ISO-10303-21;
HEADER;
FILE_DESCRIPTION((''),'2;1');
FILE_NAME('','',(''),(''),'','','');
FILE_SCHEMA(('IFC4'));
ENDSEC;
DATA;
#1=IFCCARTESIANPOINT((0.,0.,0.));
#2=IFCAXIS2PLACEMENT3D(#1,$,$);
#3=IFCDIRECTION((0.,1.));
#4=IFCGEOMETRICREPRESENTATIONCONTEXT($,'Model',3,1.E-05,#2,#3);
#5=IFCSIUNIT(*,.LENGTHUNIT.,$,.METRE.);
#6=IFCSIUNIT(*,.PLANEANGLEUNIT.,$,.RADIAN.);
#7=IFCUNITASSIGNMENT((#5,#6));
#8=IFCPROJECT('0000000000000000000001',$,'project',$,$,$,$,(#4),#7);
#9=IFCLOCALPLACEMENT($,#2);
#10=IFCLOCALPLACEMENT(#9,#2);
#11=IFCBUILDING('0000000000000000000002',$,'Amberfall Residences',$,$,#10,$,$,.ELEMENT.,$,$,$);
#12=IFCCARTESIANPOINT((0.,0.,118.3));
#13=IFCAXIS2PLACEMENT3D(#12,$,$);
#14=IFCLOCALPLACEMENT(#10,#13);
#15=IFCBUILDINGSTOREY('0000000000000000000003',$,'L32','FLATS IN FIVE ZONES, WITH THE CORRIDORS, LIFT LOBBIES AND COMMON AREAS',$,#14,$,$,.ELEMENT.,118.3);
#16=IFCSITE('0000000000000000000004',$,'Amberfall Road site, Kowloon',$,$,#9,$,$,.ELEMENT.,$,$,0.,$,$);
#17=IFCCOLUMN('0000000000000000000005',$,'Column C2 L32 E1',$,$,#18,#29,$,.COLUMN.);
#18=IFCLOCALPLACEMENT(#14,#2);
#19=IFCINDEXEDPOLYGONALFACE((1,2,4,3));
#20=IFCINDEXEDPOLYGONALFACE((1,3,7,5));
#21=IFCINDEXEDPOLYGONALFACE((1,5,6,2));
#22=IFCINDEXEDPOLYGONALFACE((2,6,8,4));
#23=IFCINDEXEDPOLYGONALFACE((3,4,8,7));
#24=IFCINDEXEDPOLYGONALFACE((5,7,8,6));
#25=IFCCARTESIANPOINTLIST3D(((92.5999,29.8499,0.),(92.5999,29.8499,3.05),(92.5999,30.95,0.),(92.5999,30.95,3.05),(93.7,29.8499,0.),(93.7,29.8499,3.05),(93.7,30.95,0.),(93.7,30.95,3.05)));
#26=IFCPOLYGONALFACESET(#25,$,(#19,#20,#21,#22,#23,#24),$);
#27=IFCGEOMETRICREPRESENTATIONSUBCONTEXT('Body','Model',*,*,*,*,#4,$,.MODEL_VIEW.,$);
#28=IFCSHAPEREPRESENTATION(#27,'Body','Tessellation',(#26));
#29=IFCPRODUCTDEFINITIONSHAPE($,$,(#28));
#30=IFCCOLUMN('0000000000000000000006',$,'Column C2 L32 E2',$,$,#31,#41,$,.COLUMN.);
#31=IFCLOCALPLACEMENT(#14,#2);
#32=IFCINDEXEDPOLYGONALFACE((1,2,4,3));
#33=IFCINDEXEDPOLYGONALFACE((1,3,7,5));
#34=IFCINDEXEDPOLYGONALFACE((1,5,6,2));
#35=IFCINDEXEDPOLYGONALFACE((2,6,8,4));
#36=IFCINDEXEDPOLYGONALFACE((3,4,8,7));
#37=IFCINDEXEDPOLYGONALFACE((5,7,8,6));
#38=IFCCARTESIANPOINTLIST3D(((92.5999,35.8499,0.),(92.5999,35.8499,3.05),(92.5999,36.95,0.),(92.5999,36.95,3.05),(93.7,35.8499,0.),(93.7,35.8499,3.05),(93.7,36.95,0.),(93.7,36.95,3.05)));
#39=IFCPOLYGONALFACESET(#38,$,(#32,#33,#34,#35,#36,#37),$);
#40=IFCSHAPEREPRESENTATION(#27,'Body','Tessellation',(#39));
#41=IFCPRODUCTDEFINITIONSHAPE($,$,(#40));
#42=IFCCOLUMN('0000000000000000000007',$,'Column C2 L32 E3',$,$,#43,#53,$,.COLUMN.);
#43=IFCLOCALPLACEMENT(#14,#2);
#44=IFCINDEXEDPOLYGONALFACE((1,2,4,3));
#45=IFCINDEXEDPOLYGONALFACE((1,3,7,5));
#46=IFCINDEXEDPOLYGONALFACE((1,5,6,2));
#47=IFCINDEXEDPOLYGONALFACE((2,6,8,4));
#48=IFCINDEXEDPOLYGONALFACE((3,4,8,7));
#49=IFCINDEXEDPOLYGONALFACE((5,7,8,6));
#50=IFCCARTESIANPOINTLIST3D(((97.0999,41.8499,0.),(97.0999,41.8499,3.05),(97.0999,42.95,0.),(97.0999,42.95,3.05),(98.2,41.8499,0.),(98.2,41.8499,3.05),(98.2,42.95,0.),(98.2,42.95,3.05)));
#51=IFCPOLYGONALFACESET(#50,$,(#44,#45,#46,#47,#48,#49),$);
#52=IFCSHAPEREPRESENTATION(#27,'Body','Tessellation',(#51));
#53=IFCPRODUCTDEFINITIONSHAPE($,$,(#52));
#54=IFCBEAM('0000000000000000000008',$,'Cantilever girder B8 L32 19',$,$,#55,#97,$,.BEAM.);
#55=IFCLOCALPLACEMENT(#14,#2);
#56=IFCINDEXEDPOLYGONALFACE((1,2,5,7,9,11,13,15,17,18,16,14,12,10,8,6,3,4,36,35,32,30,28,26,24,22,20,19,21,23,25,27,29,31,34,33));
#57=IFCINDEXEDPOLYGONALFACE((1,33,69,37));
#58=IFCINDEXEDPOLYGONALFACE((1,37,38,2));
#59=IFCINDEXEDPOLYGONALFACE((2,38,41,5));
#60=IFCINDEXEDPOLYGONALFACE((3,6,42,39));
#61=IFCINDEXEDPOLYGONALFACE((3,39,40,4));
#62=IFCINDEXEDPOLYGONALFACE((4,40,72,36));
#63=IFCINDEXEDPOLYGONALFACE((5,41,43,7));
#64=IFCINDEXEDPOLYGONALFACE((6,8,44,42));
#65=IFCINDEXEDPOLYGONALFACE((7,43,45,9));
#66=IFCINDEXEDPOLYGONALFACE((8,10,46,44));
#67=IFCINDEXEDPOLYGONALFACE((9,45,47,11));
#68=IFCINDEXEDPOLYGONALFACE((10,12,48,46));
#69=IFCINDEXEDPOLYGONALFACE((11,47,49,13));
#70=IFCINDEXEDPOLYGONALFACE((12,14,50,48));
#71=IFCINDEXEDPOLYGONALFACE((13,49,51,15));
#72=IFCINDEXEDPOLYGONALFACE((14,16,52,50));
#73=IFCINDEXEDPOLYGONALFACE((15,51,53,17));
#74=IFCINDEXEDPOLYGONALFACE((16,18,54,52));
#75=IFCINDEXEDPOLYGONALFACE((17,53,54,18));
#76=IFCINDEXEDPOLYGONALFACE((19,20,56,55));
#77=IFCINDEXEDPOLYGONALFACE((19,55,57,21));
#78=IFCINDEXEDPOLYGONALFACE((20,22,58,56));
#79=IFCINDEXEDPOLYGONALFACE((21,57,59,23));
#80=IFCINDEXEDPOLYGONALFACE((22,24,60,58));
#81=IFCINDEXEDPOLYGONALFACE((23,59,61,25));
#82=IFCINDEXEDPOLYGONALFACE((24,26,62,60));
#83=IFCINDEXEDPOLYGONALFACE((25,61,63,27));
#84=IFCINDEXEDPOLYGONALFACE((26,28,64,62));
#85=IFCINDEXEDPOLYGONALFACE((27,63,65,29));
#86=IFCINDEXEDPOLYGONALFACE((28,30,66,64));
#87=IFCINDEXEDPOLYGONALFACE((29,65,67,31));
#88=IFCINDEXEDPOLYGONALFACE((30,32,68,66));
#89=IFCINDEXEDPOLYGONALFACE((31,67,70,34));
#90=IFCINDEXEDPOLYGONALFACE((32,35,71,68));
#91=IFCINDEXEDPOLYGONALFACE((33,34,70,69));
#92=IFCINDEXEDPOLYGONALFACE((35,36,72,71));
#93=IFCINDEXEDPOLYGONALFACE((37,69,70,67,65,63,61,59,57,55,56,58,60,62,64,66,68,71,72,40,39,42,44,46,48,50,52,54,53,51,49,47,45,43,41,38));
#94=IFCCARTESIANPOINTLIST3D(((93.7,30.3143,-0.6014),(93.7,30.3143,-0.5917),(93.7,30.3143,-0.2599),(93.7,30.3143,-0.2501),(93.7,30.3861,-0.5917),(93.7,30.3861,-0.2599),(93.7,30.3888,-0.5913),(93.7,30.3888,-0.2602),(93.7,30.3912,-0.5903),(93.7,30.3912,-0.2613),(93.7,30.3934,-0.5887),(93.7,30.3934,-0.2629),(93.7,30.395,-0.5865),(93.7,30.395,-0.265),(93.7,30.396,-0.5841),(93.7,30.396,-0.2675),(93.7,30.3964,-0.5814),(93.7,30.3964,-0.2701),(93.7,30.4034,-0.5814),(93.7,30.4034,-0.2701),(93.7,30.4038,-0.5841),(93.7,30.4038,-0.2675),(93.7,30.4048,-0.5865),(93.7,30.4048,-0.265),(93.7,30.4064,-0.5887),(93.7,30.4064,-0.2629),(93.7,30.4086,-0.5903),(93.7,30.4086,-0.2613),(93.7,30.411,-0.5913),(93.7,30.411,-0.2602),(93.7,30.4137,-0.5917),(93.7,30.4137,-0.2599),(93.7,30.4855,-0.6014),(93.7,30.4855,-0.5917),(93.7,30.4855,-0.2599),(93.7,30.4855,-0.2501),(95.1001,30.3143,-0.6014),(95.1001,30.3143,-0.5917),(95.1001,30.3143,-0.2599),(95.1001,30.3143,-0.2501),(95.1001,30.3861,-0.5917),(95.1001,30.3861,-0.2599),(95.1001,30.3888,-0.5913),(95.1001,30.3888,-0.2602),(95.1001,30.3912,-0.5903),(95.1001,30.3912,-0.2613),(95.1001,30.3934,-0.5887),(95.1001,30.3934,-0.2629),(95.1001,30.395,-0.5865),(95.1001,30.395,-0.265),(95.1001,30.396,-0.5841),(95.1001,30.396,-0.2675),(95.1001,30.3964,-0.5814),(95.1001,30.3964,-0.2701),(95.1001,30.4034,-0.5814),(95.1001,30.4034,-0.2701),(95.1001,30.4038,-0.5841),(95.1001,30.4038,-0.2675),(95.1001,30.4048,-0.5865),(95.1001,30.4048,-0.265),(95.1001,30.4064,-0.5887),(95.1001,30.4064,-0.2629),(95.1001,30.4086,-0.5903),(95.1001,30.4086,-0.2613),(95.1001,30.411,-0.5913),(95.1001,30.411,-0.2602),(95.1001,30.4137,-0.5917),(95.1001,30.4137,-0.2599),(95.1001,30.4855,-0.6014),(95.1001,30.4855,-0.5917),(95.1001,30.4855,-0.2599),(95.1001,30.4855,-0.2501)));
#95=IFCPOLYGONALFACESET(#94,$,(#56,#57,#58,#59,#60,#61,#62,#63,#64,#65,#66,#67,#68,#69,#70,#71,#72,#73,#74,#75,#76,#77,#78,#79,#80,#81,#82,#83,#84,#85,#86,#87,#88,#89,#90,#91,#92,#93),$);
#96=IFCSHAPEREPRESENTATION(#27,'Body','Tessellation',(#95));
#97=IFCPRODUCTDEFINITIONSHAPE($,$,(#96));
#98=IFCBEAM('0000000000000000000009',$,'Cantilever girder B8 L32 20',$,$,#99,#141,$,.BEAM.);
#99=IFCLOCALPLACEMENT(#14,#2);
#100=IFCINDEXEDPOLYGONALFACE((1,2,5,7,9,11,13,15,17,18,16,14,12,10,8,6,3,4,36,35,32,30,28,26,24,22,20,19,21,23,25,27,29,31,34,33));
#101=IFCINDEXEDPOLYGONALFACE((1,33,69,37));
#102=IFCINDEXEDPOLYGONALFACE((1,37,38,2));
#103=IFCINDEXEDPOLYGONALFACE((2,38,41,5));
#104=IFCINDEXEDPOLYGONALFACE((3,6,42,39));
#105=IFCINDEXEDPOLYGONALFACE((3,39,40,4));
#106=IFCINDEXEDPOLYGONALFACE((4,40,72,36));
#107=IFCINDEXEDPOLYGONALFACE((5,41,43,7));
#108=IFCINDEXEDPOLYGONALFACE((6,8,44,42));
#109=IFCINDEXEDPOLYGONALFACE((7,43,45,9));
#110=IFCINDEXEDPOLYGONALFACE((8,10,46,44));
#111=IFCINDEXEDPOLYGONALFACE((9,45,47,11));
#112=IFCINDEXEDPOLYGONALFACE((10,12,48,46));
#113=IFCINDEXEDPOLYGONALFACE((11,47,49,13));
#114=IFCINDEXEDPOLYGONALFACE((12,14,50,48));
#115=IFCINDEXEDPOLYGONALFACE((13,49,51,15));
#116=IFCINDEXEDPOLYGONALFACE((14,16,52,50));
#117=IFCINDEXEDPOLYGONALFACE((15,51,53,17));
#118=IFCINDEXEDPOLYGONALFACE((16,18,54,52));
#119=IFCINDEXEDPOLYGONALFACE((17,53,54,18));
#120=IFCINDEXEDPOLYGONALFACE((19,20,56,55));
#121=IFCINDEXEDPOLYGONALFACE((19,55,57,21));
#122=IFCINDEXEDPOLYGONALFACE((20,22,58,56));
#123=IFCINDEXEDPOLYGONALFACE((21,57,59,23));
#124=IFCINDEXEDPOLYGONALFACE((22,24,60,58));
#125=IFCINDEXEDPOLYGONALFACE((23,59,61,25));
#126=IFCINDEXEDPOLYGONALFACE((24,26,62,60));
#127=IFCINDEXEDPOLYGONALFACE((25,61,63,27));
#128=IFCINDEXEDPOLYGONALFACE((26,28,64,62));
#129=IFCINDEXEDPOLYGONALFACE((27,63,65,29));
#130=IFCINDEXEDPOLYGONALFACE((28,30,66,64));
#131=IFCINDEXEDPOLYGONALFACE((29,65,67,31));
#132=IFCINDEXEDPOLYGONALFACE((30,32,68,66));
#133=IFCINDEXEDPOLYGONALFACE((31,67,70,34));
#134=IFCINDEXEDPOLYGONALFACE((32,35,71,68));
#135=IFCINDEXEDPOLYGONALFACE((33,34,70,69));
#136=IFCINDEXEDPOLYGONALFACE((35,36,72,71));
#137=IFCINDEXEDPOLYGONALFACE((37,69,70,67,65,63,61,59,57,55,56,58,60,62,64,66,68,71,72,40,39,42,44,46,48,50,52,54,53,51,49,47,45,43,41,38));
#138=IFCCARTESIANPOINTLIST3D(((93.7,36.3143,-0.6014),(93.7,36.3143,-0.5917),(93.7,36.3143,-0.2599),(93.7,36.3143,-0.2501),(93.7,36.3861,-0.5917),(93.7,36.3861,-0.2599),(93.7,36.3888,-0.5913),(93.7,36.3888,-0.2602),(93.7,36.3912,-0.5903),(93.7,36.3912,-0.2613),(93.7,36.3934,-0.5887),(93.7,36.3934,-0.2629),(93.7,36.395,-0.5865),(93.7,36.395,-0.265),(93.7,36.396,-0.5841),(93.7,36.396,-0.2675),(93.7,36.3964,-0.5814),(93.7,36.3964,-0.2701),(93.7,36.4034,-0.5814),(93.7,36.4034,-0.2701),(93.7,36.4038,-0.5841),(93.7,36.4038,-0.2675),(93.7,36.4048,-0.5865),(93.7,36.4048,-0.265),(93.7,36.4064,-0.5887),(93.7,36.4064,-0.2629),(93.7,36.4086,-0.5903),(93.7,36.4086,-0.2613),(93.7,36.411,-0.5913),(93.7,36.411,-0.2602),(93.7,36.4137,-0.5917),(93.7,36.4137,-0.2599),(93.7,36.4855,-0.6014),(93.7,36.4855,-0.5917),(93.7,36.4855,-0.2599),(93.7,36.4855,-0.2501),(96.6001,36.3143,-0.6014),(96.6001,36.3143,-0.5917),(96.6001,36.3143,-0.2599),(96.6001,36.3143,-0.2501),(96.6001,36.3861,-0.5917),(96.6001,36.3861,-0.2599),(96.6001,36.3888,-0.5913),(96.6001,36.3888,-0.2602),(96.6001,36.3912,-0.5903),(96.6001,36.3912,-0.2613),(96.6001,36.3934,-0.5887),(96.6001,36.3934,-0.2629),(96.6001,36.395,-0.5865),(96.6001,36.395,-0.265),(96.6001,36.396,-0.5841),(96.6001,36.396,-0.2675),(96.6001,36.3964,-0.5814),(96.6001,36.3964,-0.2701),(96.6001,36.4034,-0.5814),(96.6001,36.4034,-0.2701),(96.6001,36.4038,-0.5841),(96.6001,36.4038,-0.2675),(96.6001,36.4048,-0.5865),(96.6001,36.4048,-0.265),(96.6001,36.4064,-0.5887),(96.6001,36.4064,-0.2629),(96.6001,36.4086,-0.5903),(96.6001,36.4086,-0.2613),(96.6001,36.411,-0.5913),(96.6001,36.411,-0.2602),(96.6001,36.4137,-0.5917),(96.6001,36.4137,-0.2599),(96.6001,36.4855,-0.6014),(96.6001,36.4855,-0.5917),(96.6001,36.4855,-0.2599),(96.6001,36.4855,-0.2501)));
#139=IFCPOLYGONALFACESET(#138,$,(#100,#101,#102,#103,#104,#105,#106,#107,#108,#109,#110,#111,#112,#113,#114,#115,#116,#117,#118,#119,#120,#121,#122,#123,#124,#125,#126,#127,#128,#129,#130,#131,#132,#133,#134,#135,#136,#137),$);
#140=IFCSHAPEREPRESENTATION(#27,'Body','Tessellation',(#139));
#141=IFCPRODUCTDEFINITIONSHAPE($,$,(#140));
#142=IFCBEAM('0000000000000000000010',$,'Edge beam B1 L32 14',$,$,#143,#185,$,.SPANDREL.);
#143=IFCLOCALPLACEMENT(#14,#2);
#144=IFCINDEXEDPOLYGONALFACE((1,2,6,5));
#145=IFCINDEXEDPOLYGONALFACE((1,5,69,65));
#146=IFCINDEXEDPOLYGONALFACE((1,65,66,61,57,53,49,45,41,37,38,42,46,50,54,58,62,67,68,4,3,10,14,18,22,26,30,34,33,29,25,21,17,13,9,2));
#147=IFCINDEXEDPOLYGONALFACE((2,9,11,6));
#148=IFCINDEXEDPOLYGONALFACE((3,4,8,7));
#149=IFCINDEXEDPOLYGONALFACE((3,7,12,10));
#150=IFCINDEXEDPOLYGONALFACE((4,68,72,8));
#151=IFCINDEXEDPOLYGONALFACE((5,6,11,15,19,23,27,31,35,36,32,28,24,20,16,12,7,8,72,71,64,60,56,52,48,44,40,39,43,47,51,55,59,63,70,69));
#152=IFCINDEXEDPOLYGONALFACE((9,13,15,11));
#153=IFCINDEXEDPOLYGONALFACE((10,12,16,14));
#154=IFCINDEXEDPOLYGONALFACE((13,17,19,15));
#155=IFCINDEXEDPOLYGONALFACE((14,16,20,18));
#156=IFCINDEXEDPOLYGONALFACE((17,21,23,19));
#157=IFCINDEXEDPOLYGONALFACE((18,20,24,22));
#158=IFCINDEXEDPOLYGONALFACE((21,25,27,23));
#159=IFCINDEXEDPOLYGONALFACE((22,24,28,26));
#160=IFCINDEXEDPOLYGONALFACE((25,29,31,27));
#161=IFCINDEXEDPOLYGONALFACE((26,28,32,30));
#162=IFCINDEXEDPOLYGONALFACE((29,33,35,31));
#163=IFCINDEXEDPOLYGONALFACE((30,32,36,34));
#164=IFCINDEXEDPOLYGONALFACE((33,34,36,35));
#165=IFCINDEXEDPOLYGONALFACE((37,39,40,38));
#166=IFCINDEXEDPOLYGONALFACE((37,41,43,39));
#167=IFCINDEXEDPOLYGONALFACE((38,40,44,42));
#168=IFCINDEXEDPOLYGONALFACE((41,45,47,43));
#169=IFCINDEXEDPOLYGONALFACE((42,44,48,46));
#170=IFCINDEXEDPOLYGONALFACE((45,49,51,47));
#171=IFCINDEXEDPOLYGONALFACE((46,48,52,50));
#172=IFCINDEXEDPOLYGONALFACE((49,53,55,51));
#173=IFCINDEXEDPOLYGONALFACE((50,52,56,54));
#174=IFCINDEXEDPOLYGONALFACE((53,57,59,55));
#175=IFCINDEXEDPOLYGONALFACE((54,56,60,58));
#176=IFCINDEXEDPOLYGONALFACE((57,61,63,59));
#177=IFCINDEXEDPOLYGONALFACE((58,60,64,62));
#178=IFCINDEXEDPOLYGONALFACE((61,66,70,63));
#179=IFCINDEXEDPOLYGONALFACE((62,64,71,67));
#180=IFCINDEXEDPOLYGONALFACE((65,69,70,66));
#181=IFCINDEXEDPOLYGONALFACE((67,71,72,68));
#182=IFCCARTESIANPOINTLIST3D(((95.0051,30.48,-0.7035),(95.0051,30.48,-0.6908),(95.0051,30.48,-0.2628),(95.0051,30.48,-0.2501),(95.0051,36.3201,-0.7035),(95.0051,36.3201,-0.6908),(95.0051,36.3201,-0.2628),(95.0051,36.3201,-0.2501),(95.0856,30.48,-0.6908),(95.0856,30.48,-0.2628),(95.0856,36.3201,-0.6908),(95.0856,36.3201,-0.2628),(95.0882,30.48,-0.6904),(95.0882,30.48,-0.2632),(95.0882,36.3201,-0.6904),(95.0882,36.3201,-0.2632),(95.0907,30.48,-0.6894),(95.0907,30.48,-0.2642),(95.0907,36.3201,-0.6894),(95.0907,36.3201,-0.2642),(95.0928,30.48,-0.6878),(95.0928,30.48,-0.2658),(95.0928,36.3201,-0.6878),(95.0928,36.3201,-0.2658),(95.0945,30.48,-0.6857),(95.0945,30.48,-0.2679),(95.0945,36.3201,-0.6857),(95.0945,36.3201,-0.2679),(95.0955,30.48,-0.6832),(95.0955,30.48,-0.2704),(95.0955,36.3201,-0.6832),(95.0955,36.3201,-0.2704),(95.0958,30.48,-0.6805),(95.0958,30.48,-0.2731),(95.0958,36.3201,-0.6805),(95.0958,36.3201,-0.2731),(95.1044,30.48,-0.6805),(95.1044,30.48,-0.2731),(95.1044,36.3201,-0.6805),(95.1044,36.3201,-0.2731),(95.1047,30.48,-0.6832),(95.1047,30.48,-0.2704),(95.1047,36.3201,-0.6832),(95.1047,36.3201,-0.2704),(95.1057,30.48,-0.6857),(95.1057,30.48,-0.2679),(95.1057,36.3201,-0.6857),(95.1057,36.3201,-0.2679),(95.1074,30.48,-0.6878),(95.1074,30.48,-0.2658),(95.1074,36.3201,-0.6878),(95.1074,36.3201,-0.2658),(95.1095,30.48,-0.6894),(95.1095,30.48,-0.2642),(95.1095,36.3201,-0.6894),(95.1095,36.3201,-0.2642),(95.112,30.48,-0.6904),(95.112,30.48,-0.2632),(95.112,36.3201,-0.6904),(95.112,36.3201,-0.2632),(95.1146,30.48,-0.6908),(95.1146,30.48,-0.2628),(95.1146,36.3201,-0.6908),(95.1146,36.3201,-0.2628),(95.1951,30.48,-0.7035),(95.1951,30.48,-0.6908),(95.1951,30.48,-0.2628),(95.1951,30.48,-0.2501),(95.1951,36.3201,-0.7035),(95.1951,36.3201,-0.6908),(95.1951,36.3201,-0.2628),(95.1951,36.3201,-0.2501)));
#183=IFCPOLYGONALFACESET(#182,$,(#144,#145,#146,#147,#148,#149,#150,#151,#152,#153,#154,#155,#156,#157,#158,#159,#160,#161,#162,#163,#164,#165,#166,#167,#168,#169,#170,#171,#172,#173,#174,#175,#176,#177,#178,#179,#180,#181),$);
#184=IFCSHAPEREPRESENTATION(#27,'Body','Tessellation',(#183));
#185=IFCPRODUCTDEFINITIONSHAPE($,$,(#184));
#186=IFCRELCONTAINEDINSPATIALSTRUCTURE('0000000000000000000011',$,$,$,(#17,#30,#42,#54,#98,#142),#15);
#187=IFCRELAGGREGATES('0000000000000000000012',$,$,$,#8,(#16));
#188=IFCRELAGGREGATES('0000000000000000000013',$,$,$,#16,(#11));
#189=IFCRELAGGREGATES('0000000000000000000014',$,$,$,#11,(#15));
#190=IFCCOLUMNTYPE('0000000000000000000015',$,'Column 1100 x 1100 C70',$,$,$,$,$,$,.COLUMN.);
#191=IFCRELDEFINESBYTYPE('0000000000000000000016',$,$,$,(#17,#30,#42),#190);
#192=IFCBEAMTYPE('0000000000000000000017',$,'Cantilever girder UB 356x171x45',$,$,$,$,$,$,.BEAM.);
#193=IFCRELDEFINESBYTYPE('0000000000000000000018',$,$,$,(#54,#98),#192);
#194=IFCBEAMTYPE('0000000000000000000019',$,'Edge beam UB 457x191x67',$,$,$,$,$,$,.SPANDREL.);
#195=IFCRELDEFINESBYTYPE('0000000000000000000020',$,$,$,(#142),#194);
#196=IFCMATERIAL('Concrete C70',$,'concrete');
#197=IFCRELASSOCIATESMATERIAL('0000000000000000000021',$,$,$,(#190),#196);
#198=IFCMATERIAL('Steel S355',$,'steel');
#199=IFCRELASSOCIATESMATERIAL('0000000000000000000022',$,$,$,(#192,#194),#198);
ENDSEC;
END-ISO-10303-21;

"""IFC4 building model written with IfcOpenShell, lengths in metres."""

from ifc_helpers import new_model, si_unit, direction, frame, origin, origin_2d, place, context, subcontext, project, spatial, rectangle, i_section, extrude, material, material_profile, profile_set, type_object, element, save


model = new_model("IFC4")

# Units and contexts
model_context = context("Model", 3, precision=1e-05, world=origin(), true_north=direction((0.0, 1.0)))
body_context = subcontext(model_context, "Body", "Model", "MODEL_VIEW")
ifc_project = project(units=[si_unit("LENGTHUNIT", "METRE"), si_unit("PLANEANGLEUNIT", "RADIAN")], contexts=[model_context])

# Site, building, storey
site_placement = place(None, origin())
site = spatial("IfcSite", under=ifc_project, at=site_placement, Name="Amberfall Road site, Kowloon", CompositionType="ELEMENT", RefElevation=0.0)
building_placement = place(site_placement, origin())
building = spatial("IfcBuilding", under=site, at=building_placement, Name="Amberfall Residences", CompositionType="ELEMENT")
storey_placement = place(building_placement, frame((0.0, 0.0, 118.3)))
storey = spatial("IfcBuildingStorey", under=building, at=storey_placement, Name="L32", Description="FLATS IN FIVE ZONES, WITH THE CORRIDORS, LIFT LOBBIES AND COMMON AREAS", CompositionType="ELEMENT", Elevation=118.3)

# Columns
ifc_material_1 = material(Name="Concrete C70", Category="concrete")
ifc_material_profile_1 = material_profile(ifc_material_1, rectangle(XDim=1.1001, YDim=1.1001, at=origin_2d()), Name="Column 1100 x 1100 C70")
ifc_profile_set_1 = profile_set([ifc_material_profile_1], Name="Concrete C70")
column_type = type_object("IfcColumnType", Name="Column 1100 x 1100 C70", PredefinedType="COLUMN", material=ifc_profile_set_1)
for number, where, z_axis, x_axis, name in (
    (1, (93.1499, 30.3999, 0.0), (0.0, 0.0, 1.0), (1.0, 0.0, 0.0), "Column C2 L32 E1"),
    (2, (93.1499, 36.3999, 0.0), (0.0, 0.0, 1.0), (1.0, 0.0, 0.0), "Column C2 L32 E2"),
    (3, (97.6499, 42.3999, 0.0), (0.0, 0.0, 1.0), (1.0, 0.0, 0.0), "Column C2 L32 E3"),
):
    element("IfcColumn", number, at=place(storey_placement, frame(where, z_axis=z_axis, x_axis=x_axis)), inside=storey, type_object=column_type, Name=name, PredefinedType="COLUMN", context=body_context, shape_type="SweptSolid", body=[
        extrude(rectangle(XDim=1.1001, YDim=1.1001, at=origin_2d()), origin(), (0.0, 0.0, 1.0), 3.05),
    ])

# Beams
ifc_material_2 = material(Name="Steel S355", Category="steel")
ifc_material_profile_2 = material_profile(ifc_material_2, i_section(OverallWidth=0.1711, OverallDepth=0.3513, WebThickness=0.0071, FlangeThickness=0.0098, FilletRadius=0.0103, at=origin_2d()), Name="UB 356x171x45")
ifc_profile_set_2 = profile_set([ifc_material_profile_2], Name="Steel S355")
beam_type_1 = type_object("IfcBeamType", Name="Cantilever girder UB 356x171x45", PredefinedType="BEAM", material=ifc_profile_set_2)
beam_1_placement = place(storey_placement, frame((93.7, 30.3999, -0.4258), z_axis=(1.0, 0.0, 0.0), x_axis=(0.0, 1.0, 0.0)))
element("IfcBeam", 4, at=beam_1_placement, inside=storey, type_object=beam_type_1, Name="Cantilever girder B8 L32 19", PredefinedType="BEAM", context=body_context, shape_type="SweptSolid", body=[
    extrude(i_section(OverallWidth=0.1711, OverallDepth=0.3513, WebThickness=0.0071, FlangeThickness=0.0098, FilletRadius=0.0103, at=origin_2d()), origin(), (0.0, 0.0, 1.0), 1.4001),
])
beam_2_placement = place(storey_placement, frame((93.7, 36.3999, -0.4258), z_axis=(1.0, 0.0, 0.0), x_axis=(0.0, 1.0, 0.0)))
element("IfcBeam", 5, at=beam_2_placement, inside=storey, type_object=beam_type_1, Name="Cantilever girder B8 L32 20", PredefinedType="BEAM", context=body_context, shape_type="SweptSolid", body=[
    extrude(i_section(OverallWidth=0.1711, OverallDepth=0.3513, WebThickness=0.0071, FlangeThickness=0.0098, FilletRadius=0.0103, at=origin_2d()), origin(), (0.0, 0.0, 1.0), 2.9001),
])
ifc_material_profile_3 = material_profile(ifc_material_2, i_section(OverallWidth=0.1899, OverallDepth=0.4534, WebThickness=0.0085, FlangeThickness=0.0127, FilletRadius=0.0103, at=origin_2d()), Name="UB 457x191x67")
ifc_profile_set_3 = profile_set([ifc_material_profile_3], Name="Steel S355")
beam_type_2 = type_object("IfcBeamType", Name="Edge beam UB 457x191x67", PredefinedType="SPANDREL", material=ifc_profile_set_3)
for number, where, z_axis, x_axis, name in (
    (6, (95.1001, 30.48, -0.4768), (0.0, 1.0, 0.0), (-1.0, 0.0, 0.0), "Edge beam B1 L32 14"),
):
    element("IfcBeam", number, at=place(storey_placement, frame(where, z_axis=z_axis, x_axis=x_axis)), inside=storey, type_object=beam_type_2, Name=name, PredefinedType="SPANDREL", context=body_context, shape_type="SweptSolid", body=[
        extrude(i_section(OverallWidth=0.1899, OverallDepth=0.4534, WebThickness=0.0085, FlangeThickness=0.0127, FilletRadius=0.0103, at=origin_2d()), origin(), (0.0, 0.0, 1.0), 5.8401),
    ])

save(model, "model.ifc")
